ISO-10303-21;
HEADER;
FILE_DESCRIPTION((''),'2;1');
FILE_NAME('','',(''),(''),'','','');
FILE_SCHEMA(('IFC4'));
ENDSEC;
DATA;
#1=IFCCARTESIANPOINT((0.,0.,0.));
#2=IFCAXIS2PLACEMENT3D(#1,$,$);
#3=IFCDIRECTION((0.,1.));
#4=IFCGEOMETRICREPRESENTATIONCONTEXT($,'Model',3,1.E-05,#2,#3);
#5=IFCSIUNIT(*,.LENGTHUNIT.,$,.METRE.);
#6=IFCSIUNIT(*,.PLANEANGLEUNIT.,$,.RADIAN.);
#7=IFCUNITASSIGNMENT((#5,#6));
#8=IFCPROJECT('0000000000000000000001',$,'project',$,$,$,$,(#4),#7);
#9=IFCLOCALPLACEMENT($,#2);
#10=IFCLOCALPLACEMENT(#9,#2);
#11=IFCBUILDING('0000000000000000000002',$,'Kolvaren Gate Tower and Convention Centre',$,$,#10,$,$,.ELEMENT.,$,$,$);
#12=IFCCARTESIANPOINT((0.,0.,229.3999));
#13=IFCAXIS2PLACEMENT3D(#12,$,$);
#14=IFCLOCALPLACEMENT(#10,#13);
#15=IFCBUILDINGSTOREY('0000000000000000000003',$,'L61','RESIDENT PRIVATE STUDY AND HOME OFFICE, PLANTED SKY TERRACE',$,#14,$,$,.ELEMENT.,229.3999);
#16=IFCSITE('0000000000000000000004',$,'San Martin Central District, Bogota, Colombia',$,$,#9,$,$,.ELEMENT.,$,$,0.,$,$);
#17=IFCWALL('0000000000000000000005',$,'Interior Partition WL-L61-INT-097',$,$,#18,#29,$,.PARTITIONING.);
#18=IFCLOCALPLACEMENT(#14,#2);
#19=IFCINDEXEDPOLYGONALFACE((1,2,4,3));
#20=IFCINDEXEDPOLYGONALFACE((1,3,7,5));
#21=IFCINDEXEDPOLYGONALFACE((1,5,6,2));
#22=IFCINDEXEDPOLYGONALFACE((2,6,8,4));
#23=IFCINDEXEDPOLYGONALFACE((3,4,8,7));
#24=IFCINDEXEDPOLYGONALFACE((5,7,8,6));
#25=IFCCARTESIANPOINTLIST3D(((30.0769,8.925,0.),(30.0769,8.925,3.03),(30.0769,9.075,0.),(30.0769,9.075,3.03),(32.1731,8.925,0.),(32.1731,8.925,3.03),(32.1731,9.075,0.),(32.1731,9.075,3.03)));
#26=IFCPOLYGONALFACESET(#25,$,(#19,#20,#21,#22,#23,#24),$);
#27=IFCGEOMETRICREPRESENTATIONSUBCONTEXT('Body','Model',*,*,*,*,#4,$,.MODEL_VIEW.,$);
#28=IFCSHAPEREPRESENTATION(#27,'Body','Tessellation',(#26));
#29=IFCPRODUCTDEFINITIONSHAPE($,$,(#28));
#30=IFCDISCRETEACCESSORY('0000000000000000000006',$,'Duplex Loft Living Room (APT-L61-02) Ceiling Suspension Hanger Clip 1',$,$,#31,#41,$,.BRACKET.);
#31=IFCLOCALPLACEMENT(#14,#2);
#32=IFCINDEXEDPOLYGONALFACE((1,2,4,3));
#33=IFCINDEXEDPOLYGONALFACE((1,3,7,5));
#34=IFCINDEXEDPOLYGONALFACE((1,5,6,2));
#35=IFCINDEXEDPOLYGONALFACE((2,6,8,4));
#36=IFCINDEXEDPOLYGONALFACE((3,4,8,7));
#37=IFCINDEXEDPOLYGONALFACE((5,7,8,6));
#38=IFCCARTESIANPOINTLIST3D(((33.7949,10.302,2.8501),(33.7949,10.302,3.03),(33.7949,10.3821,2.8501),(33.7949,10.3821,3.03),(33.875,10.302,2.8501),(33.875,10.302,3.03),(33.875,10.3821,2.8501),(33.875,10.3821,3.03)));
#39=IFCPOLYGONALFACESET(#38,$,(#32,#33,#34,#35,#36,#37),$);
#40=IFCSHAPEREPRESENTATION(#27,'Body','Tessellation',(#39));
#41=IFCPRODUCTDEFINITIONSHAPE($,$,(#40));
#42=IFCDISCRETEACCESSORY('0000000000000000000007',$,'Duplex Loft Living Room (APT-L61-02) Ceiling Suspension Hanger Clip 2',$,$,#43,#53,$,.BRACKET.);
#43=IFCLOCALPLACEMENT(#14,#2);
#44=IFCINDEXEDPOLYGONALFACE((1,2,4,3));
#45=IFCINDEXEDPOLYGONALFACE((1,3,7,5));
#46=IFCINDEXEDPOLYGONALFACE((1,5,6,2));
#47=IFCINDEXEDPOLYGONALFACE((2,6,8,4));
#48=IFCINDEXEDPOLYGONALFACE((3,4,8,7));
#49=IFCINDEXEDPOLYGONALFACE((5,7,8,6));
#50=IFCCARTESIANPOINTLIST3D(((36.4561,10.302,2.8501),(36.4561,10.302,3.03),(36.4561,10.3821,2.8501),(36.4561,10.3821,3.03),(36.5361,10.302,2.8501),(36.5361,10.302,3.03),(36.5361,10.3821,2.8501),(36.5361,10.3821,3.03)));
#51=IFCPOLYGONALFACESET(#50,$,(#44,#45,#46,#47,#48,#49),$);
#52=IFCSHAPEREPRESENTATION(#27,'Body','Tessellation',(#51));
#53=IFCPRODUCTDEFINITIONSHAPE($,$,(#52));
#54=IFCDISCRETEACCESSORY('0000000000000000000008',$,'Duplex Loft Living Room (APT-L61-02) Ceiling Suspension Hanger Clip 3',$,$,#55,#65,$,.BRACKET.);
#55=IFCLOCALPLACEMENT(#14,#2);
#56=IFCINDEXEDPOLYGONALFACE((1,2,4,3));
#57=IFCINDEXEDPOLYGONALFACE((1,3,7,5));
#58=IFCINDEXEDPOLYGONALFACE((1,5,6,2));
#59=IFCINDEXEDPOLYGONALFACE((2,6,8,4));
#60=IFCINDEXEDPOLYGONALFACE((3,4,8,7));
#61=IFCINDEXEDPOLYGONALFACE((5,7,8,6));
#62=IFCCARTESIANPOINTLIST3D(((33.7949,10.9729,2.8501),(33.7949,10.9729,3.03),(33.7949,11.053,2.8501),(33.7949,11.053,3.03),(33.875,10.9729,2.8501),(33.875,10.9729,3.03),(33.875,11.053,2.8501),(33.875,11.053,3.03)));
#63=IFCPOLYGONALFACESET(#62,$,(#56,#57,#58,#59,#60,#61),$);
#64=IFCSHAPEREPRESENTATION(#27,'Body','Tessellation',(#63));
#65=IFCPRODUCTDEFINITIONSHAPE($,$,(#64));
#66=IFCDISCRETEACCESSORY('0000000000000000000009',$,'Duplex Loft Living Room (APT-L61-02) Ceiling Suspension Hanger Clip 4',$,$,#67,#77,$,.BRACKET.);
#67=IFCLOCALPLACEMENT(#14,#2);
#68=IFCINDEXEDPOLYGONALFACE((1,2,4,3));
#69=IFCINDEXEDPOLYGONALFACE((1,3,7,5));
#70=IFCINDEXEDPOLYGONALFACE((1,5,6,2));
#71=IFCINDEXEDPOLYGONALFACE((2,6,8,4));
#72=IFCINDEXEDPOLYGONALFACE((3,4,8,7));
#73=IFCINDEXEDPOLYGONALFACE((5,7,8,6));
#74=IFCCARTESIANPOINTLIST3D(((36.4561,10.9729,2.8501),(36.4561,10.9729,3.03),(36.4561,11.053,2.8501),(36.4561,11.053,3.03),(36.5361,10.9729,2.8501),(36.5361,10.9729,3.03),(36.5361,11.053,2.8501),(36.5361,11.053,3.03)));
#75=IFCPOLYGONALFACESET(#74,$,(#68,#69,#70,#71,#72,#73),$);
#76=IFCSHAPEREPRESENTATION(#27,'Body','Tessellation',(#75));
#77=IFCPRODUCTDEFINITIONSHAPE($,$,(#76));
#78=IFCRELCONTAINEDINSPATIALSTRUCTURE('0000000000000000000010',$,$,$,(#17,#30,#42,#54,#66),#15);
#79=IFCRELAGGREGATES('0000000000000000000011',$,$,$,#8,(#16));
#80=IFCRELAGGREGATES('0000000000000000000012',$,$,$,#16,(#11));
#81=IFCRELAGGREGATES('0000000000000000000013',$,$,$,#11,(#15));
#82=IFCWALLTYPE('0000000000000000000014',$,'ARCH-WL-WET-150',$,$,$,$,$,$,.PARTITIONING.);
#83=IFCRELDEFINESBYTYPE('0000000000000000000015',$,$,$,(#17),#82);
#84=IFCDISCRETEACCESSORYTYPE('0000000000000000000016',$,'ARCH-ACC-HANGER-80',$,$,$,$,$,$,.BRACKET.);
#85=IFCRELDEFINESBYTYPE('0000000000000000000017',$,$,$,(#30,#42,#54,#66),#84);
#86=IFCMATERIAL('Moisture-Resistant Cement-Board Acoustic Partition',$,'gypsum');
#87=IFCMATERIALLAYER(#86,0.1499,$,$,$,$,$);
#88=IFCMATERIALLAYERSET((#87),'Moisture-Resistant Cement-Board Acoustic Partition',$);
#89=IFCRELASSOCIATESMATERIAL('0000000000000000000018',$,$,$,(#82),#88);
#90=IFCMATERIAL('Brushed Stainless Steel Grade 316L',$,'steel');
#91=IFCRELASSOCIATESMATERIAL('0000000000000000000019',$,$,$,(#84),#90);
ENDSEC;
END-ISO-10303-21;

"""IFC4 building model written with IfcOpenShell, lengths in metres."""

from ifc_helpers import new_model, si_unit, direction, frame, frame_2d, origin, origin_2d, place, context, subcontext, project, spatial, rectangle, extrude, material, layer, layer_set, type_object, element, save


model = new_model("IFC4")

# Units and contexts
model_context = context("Model", 3, precision=1e-05, world=origin(), true_north=direction((0.0, 1.0)))
body_context = subcontext(model_context, "Body", "Model", "MODEL_VIEW")
ifc_project = project(units=[si_unit("LENGTHUNIT", "METRE"), si_unit("PLANEANGLEUNIT", "RADIAN")], contexts=[model_context])

# Site, building, storey
site_placement = place(None, origin())
site = spatial("IfcSite", under=ifc_project, at=site_placement, Name="San Martin Central District, Bogota, Colombia", CompositionType="ELEMENT", RefElevation=0.0)
building_placement = place(site_placement, origin())
building = spatial("IfcBuilding", under=site, at=building_placement, Name="Kolvaren Gate Tower and Convention Centre", CompositionType="ELEMENT")
storey_placement = place(building_placement, frame((0.0, 0.0, 229.3999)))
storey = spatial("IfcBuildingStorey", under=building, at=storey_placement, Name="L61", Description="RESIDENT PRIVATE STUDY AND HOME OFFICE, PLANTED SKY TERRACE", CompositionType="ELEMENT", Elevation=229.3999)

# Shared definitions
ifc_material_1 = material(Name="Moisture-Resistant Cement-Board Acoustic Partition", Category="gypsum")
ifc_layer_1 = layer(ifc_material_1, 0.1499)
ifc_layer_set_1 = layer_set([ifc_layer_1], Name="Moisture-Resistant Cement-Board Acoustic Partition")
wall_type_1 = type_object("IfcWallType", Name="ARCH-WL-WET-150", PredefinedType="PARTITIONING", material=ifc_layer_set_1)

# Wall
wall_1_placement = place(storey_placement, frame((30.0769, 9.0, 0.0), z_axis=(0.0, 0.0, 1.0), x_axis=(1.0, 0.0, 0.0)))
element("IfcWall", 1, at=wall_1_placement, inside=storey, type_object=wall_type_1, Name="Interior Partition WL-L61-INT-097", PredefinedType="PARTITIONING", context=body_context, shape_type="SweptSolid", body=[
    extrude(rectangle(XDim=2.0962, YDim=0.1499, at=frame_2d((1.0481, 0.0))), origin(), (0.0, 0.0, 1.0), 3.03),
])

# Discrete accessories
ifc_material_2 = material(Name="Brushed Stainless Steel Grade 316L", Category="steel")
discrete_accessory_type = type_object("IfcDiscreteAccessoryType", Name="ARCH-ACC-HANGER-80", PredefinedType="BRACKET", material=ifc_material_2)
for number, where, z_axis, x_axis, name in (
    (2, (33.835, 10.342, 2.8501), (0.0, 0.0, 1.0), (1.0, 0.0, 0.0), "Duplex Loft Living Room (APT-L61-02) Ceiling Suspension Hanger Clip 1"),
    (3, (36.4961, 10.342, 2.8501), (0.0, 0.0, 1.0), (1.0, 0.0, 0.0), "Duplex Loft Living Room (APT-L61-02) Ceiling Suspension Hanger Clip 2"),
    (4, (33.835, 11.0129, 2.8501), (0.0, 0.0, 1.0), (1.0, 0.0, 0.0), "Duplex Loft Living Room (APT-L61-02) Ceiling Suspension Hanger Clip 3"),
    (5, (36.4961, 11.0129, 2.8501), (0.0, 0.0, 1.0), (1.0, 0.0, 0.0), "Duplex Loft Living Room (APT-L61-02) Ceiling Suspension Hanger Clip 4"),
):
    element("IfcDiscreteAccessory", number, at=place(storey_placement, frame(where, z_axis=z_axis, x_axis=x_axis)), inside=storey, type_object=discrete_accessory_type, Name=name, PredefinedType="BRACKET", context=body_context, shape_type="SweptSolid", body=[
        extrude(rectangle(XDim=0.0801, YDim=0.0801, at=origin_2d()), origin(), (0.0, 0.0, 1.0), 0.1799),
    ])

save(model, "model.ifc")
